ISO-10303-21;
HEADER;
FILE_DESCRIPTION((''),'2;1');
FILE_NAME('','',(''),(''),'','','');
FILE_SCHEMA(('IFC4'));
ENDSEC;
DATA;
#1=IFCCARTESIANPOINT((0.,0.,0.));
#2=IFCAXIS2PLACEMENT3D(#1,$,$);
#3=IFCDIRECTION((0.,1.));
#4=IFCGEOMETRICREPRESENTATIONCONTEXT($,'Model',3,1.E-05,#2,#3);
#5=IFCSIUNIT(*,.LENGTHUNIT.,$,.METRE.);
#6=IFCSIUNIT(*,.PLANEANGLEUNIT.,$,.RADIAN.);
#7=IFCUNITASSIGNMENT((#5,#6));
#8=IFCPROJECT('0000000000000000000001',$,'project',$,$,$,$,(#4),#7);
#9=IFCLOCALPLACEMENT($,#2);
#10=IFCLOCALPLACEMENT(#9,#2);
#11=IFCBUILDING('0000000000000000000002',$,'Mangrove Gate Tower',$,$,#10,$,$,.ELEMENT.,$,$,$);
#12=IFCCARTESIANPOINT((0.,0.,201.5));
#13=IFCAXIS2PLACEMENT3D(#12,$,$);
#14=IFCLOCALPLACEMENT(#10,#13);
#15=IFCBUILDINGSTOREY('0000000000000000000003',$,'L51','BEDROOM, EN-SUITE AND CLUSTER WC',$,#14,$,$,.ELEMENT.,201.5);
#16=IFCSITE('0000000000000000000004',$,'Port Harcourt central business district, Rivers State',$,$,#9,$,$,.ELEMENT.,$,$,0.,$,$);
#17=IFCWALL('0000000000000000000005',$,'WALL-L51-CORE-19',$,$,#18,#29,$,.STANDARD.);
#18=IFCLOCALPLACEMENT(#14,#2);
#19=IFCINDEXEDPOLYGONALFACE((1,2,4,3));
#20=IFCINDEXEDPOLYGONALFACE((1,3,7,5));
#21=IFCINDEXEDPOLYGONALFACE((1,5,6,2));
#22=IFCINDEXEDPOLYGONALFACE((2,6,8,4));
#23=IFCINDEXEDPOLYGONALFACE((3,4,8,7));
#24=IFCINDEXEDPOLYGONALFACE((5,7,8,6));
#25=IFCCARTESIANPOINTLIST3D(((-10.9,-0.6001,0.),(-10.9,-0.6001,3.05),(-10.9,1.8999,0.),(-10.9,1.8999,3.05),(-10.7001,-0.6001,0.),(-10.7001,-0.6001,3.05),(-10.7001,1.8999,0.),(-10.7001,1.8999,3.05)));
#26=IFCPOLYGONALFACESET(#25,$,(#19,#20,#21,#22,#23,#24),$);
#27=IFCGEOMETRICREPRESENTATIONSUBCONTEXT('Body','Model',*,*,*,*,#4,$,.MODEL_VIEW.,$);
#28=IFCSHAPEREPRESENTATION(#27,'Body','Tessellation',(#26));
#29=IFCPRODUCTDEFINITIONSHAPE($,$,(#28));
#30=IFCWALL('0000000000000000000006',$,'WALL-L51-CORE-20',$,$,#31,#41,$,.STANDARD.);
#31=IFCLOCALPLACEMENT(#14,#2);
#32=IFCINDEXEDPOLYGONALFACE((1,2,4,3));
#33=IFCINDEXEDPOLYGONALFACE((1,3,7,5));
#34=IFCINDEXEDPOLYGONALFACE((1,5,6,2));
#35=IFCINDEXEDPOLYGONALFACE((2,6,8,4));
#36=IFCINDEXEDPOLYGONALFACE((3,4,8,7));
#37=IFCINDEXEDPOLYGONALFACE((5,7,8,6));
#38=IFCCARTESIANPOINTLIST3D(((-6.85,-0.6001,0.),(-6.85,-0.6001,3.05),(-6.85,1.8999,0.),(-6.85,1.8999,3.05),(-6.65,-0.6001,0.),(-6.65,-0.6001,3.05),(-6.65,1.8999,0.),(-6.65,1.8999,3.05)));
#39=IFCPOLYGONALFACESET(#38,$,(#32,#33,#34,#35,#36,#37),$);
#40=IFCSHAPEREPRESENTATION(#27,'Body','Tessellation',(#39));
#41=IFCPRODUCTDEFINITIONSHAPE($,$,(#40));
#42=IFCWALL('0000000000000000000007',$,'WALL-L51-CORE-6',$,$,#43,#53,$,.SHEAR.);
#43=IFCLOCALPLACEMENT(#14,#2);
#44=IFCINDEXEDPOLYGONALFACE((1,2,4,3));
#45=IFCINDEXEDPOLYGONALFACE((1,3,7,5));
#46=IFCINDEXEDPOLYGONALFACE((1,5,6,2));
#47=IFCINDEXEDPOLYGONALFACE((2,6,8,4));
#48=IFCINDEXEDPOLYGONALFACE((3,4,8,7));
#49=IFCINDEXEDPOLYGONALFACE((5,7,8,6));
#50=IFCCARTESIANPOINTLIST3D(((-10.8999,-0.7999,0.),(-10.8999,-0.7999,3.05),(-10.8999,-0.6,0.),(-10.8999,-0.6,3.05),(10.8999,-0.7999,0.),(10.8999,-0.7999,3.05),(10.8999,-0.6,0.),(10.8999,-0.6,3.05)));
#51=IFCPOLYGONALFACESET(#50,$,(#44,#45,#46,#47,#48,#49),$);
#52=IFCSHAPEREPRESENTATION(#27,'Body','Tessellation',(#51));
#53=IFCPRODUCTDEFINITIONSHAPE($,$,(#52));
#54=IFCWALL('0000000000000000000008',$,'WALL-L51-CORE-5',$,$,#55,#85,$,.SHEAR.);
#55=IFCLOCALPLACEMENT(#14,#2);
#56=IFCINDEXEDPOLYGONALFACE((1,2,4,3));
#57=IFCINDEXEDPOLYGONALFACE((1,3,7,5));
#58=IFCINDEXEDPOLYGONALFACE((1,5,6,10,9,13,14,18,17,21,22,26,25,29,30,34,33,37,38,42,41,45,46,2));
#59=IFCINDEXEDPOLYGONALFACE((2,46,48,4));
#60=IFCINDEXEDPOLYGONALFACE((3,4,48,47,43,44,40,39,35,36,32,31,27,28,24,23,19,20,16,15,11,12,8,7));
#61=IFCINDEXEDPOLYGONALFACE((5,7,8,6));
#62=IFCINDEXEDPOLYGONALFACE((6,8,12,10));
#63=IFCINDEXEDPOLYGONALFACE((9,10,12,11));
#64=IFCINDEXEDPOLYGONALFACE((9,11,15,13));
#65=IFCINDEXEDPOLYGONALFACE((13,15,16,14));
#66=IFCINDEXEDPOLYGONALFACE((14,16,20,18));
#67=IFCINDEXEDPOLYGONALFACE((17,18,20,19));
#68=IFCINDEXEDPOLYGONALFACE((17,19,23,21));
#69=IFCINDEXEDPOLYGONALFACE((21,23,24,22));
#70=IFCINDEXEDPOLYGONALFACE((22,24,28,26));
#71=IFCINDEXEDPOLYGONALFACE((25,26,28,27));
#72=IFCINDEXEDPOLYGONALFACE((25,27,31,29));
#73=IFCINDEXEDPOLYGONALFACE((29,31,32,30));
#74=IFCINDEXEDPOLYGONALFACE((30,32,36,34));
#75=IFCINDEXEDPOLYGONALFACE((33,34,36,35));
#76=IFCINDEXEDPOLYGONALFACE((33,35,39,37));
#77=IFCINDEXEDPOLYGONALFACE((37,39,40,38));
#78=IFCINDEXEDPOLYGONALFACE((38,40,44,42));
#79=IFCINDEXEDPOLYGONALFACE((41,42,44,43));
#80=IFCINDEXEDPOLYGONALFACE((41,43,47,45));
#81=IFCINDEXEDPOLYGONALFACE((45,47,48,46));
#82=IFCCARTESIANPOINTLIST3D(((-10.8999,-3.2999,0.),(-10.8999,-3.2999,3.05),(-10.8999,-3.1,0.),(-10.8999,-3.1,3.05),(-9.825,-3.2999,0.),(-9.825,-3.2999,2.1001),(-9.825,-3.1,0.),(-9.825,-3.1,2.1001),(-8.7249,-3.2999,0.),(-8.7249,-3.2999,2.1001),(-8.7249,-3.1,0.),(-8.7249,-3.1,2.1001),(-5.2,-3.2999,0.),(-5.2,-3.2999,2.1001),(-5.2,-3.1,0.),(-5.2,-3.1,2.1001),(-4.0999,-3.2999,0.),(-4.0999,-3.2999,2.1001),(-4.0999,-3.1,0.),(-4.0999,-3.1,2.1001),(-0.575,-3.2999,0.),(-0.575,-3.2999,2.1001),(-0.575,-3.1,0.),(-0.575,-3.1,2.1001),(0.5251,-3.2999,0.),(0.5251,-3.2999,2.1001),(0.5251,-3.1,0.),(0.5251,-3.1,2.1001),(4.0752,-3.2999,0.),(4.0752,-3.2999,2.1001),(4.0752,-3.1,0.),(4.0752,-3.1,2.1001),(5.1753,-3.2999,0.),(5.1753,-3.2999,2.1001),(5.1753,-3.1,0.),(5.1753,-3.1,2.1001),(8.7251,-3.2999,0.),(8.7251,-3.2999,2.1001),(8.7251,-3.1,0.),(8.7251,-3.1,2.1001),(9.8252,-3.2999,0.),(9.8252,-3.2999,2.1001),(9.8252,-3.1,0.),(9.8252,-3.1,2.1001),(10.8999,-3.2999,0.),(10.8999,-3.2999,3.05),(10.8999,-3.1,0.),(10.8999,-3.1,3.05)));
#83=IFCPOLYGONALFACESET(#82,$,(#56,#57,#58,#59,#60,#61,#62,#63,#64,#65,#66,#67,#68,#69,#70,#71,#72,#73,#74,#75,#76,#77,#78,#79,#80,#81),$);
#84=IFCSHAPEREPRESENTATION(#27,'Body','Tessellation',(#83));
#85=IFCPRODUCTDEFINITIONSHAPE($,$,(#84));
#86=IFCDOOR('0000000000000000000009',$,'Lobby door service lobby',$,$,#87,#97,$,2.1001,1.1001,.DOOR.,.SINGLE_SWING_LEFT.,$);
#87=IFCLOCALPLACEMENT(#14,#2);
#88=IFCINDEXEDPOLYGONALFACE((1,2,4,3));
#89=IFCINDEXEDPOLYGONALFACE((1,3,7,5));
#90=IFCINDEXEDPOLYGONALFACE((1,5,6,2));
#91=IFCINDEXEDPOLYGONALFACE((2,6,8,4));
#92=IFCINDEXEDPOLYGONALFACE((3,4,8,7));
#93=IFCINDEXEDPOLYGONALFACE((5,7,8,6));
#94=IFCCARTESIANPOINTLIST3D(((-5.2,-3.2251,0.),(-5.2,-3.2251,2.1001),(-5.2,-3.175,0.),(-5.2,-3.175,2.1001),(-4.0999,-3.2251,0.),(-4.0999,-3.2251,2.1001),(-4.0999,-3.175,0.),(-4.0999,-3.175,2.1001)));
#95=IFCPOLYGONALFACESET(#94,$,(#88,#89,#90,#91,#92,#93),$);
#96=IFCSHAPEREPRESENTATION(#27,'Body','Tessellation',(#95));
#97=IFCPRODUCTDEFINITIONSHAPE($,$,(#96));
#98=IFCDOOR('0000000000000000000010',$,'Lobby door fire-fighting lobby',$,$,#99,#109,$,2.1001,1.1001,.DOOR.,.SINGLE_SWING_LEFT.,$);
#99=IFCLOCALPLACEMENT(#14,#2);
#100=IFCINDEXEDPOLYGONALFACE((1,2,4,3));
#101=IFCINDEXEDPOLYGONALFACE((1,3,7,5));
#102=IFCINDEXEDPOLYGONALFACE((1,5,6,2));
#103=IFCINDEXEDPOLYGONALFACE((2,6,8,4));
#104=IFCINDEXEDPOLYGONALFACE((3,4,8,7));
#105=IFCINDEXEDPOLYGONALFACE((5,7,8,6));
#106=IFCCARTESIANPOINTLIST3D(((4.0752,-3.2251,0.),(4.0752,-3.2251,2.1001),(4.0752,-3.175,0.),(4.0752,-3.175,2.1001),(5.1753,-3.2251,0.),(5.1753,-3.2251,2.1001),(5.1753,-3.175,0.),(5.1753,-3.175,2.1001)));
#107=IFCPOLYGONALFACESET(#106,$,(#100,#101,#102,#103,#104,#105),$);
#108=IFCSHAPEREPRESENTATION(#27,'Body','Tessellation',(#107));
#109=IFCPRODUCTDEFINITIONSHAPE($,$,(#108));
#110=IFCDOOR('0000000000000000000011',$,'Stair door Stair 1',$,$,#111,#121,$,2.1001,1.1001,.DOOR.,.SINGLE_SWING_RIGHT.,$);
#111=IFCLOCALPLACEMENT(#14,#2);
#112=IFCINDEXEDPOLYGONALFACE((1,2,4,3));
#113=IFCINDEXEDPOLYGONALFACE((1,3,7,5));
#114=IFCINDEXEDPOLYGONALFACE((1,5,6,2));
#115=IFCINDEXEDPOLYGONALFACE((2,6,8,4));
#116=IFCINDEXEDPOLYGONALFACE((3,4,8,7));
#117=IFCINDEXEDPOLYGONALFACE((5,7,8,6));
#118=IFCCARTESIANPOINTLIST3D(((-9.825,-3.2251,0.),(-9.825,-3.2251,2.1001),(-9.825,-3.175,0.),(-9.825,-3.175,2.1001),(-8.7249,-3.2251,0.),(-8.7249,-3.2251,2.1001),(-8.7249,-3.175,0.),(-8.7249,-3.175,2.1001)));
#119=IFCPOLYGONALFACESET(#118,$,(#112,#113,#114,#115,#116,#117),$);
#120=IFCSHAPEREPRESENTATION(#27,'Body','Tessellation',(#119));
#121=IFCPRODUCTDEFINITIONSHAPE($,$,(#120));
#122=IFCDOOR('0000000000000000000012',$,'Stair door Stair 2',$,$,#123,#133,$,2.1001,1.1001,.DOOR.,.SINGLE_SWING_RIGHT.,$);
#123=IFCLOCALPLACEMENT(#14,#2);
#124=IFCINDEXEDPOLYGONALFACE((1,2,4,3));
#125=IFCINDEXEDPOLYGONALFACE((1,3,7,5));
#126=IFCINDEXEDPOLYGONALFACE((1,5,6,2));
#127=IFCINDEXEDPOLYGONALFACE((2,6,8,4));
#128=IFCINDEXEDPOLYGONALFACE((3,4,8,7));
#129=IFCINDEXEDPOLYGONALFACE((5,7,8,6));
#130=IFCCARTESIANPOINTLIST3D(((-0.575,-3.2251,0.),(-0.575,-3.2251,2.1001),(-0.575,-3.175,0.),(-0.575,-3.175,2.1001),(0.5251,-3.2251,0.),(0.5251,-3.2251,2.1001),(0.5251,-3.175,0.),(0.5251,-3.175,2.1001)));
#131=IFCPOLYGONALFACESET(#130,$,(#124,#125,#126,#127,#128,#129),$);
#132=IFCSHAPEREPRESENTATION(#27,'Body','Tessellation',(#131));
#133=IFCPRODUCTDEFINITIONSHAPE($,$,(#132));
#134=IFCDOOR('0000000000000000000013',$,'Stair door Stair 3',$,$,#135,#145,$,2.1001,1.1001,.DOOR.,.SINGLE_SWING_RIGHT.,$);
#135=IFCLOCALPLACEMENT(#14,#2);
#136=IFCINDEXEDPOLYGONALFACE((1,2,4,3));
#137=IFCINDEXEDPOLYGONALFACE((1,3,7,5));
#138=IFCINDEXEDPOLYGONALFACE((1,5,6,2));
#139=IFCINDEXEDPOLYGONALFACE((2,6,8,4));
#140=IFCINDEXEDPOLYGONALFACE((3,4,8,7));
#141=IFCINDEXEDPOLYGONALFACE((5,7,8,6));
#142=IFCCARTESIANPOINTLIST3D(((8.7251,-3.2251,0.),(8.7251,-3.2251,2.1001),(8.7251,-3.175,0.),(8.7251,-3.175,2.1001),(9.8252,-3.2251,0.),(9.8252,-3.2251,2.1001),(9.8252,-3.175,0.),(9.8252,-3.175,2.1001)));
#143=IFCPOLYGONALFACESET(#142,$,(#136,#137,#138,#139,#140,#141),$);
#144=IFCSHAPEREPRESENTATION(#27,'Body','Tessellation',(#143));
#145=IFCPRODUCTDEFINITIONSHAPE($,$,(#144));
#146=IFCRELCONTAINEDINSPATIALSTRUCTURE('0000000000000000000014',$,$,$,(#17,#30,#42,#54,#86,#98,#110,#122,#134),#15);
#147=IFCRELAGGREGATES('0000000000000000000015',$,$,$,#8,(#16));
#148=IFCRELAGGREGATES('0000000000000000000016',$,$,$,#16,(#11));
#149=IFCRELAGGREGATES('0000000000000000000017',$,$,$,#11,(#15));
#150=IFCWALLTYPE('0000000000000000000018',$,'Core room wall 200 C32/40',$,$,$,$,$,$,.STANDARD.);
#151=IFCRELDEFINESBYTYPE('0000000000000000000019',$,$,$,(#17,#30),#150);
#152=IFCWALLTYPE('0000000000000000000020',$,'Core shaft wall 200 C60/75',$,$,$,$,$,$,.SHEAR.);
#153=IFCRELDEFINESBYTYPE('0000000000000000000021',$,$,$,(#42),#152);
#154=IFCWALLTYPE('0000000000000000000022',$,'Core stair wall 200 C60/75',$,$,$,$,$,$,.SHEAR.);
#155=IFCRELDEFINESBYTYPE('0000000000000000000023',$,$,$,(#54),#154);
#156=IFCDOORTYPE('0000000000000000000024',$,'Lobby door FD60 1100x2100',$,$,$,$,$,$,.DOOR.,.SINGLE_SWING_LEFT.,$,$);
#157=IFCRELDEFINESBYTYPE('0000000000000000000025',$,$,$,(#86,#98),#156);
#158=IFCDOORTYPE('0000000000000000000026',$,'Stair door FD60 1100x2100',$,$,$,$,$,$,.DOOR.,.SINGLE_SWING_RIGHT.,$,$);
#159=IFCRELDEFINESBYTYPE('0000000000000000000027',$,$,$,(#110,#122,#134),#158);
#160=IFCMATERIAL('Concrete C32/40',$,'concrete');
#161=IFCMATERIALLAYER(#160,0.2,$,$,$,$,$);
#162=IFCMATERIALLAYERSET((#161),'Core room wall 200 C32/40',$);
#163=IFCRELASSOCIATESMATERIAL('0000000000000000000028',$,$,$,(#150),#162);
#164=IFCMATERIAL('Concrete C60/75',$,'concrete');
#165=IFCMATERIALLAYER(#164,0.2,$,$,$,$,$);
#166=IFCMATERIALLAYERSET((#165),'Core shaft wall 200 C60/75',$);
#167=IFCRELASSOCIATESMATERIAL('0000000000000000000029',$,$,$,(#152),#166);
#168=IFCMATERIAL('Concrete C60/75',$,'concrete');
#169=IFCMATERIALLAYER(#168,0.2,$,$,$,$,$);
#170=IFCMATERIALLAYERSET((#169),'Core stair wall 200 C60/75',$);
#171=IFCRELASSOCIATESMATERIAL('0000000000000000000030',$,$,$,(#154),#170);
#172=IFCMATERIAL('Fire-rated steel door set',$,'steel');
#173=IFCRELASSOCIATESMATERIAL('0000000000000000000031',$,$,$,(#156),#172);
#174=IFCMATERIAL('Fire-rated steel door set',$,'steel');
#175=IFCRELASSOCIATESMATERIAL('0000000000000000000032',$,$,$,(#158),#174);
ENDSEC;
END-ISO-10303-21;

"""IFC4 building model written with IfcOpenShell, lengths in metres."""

from ifc_helpers import new_model, si_unit, direction, frame, frame_2d, origin, place, context, subcontext, project, spatial, rectangle, extrude, material, layer, layer_set, type_object, element, fill, save


model = new_model("IFC4")

# Units and contexts
model_context = context("Model", 3, precision=1e-05, world=origin(), true_north=direction((0.0, 1.0)))
body_context = subcontext(model_context, "Body", "Model", "MODEL_VIEW")
ifc_project = project(units=[si_unit("LENGTHUNIT", "METRE"), si_unit("PLANEANGLEUNIT", "RADIAN")], contexts=[model_context])

# Site, building, storey
site_placement = place(None, origin())
site = spatial("IfcSite", under=ifc_project, at=site_placement, Name="Port Harcourt central business district, Rivers State", CompositionType="ELEMENT", RefElevation=0.0)
building_placement = place(site_placement, origin())
building = spatial("IfcBuilding", under=site, at=building_placement, Name="Mangrove Gate Tower", CompositionType="ELEMENT")
storey_placement = place(building_placement, frame((0.0, 0.0, 201.5)))
storey = spatial("IfcBuildingStorey", under=building, at=storey_placement, Name="L51", Description="BEDROOM, EN-SUITE AND CLUSTER WC", CompositionType="ELEMENT", Elevation=201.5)

# Walls
ifc_material_1 = material(Name="Concrete C32/40", Category="concrete")
ifc_layer_1 = layer(ifc_material_1, 0.2)
ifc_layer_set_1 = layer_set([ifc_layer_1], Name="Core room wall 200 C32/40")
wall_type_1 = type_object("IfcWallType", Name="Core room wall 200 C32/40", PredefinedType="STANDARD", material=ifc_layer_set_1)
for number, where, z_axis, x_axis, name in (
    (1, (-10.8, -0.6001, 0.0), (0.0, 0.0, 1.0), (0.0, 1.0, 0.0), "WALL-L51-CORE-19"),
    (2, (-6.75, -0.6001, 0.0), (0.0, 0.0, 1.0), (0.0, 1.0, 0.0), "WALL-L51-CORE-20"),
):
    element("IfcWall", number, at=place(storey_placement, frame(where, z_axis=z_axis, x_axis=x_axis)), inside=storey, type_object=wall_type_1, Name=name, PredefinedType="STANDARD", context=body_context, shape_type="SweptSolid", body=[
        extrude(rectangle(XDim=2.5, YDim=0.2, at=frame_2d((1.25, 0.0))), origin(), (0.0, 0.0, 1.0), 3.05),
    ])
ifc_material_2 = material(Name="Concrete C60/75", Category="concrete")
ifc_layer_2 = layer(ifc_material_2, 0.2)
ifc_layer_set_2 = layer_set([ifc_layer_2], Name="Core shaft wall 200 C60/75")
wall_type_2 = type_object("IfcWallType", Name="Core shaft wall 200 C60/75", PredefinedType="SHEAR", material=ifc_layer_set_2)
wall_1_placement = place(storey_placement, frame((-10.8999, -0.7, 0.0), z_axis=(0.0, 0.0, 1.0), x_axis=(1.0, 0.0, 0.0)))
element("IfcWall", 3, at=wall_1_placement, inside=storey, type_object=wall_type_2, Name="WALL-L51-CORE-6", PredefinedType="SHEAR", context=body_context, shape_type="SweptSolid", body=[
    extrude(rectangle(XDim=21.7998, YDim=0.2, at=frame_2d((10.8999, 0.0))), origin(), (0.0, 0.0, 1.0), 3.05),
])

# Wall, openings, doors
ifc_material_3 = material(Name="Concrete C60/75", Category="concrete")
ifc_layer_3 = layer(ifc_material_3, 0.2)
ifc_layer_set_3 = layer_set([ifc_layer_3], Name="Core stair wall 200 C60/75")
wall_type_3 = type_object("IfcWallType", Name="Core stair wall 200 C60/75", PredefinedType="SHEAR", material=ifc_layer_set_3)
wall_2_placement = place(storey_placement, frame((-10.8999, -3.2, 0.0), z_axis=(0.0, 0.0, 1.0), x_axis=(1.0, 0.0, 0.0)))
wall_2 = element("IfcWall", 4, at=wall_2_placement, inside=storey, type_object=wall_type_3, Name="WALL-L51-CORE-5", PredefinedType="SHEAR", context=body_context, shape_type="SweptSolid", body=[
    extrude(rectangle(XDim=21.7998, YDim=0.2, at=frame_2d((10.8999, 0.0))), origin(), (0.0, 0.0, 1.0), 3.05),
])
opening_1_placement = place(wall_2_placement, frame((1.075, 0.0, 0.0)))
opening_1 = element("IfcOpeningElement", 5, at=opening_1_placement, cuts=wall_2, PredefinedType="OPENING", context=body_context, shape_type="SweptSolid", body=[
    extrude(rectangle(XDim=1.1001, YDim=2.1001, at=frame_2d((0.55, 1.05))), frame((0.0, 0.1099, 0.0), z_axis=(0.0, -1.0, 0.0), x_axis=(1.0, 0.0, 0.0)), (0.0, 0.0, 1.0), 0.22),
])
opening_2_placement = place(wall_2_placement, frame((10.325, 0.0, 0.0)))
opening_2 = element("IfcOpeningElement", 6, at=opening_2_placement, cuts=wall_2, PredefinedType="OPENING", context=body_context, shape_type="SweptSolid", body=[
    extrude(rectangle(XDim=1.1001, YDim=2.1001, at=frame_2d((0.55, 1.05))), frame((0.0, 0.1099, 0.0), z_axis=(0.0, -1.0, 0.0), x_axis=(1.0, 0.0, 0.0)), (0.0, 0.0, 1.0), 0.22),
])
opening_3_placement = place(wall_2_placement, frame((19.625, 0.0, 0.0)))
opening_3 = element("IfcOpeningElement", 7, at=opening_3_placement, cuts=wall_2, PredefinedType="OPENING", context=body_context, shape_type="SweptSolid", body=[
    extrude(rectangle(XDim=1.1001, YDim=2.1001, at=frame_2d((0.55, 1.05))), frame((0.0, 0.1099, 0.0), z_axis=(0.0, -1.0, 0.0), x_axis=(1.0, 0.0, 0.0)), (0.0, 0.0, 1.0), 0.22),
])
opening_4_placement = place(wall_2_placement, frame((5.7, 0.0, 0.0)))
opening_4 = element("IfcOpeningElement", 8, at=opening_4_placement, cuts=wall_2, PredefinedType="OPENING", context=body_context, shape_type="SweptSolid", body=[
    extrude(rectangle(XDim=1.1001, YDim=2.1001, at=frame_2d((0.55, 1.05))), frame((0.0, 0.1099, 0.0), z_axis=(0.0, -1.0, 0.0), x_axis=(1.0, 0.0, 0.0)), (0.0, 0.0, 1.0), 0.22),
])
opening_5_placement = place(wall_2_placement, frame((14.9751, 0.0, 0.0)))
opening_5 = element("IfcOpeningElement", 9, at=opening_5_placement, cuts=wall_2, PredefinedType="OPENING", context=body_context, shape_type="SweptSolid", body=[
    extrude(rectangle(XDim=1.1001, YDim=2.1001, at=frame_2d((0.55, 1.05))), frame((0.0, 0.1099, 0.0), z_axis=(0.0, -1.0, 0.0), x_axis=(1.0, 0.0, 0.0)), (0.0, 0.0, 1.0), 0.22),
])
ifc_material_4 = material(Name="Fire-rated steel door set", Category="steel")
door_type_1 = type_object("IfcDoorType", Name="Lobby door FD60 1100x2100", OperationType="SINGLE_SWING_LEFT", PredefinedType="DOOR", material=ifc_material_4)
door_1_placement = place(opening_4_placement, origin())
door_1 = element("IfcDoor", 10, at=door_1_placement, inside=storey, type_object=door_type_1, Name="Lobby door service lobby", OperationType="SINGLE_SWING_LEFT", OverallHeight=2.1001, OverallWidth=1.1001, PredefinedType="DOOR", context=body_context, shape_type="SweptSolid", body=[
    extrude(rectangle(XDim=1.1001, YDim=2.1001, at=frame_2d((0.55, 1.05))), frame((0.0, 0.0249, 0.0), z_axis=(0.0, -1.0, 0.0), x_axis=(1.0, 0.0, 0.0)), (0.0, 0.0, 1.0), 0.05),
])
fill(opening_4, door_1)
door_2_placement = place(opening_5_placement, origin())
door_2 = element("IfcDoor", 11, at=door_2_placement, inside=storey, type_object=door_type_1, Name="Lobby door fire-fighting lobby", OperationType="SINGLE_SWING_LEFT", OverallHeight=2.1001, OverallWidth=1.1001, PredefinedType="DOOR", context=body_context, shape_type="SweptSolid", body=[
    extrude(rectangle(XDim=1.1001, YDim=2.1001, at=frame_2d((0.55, 1.05))), frame((0.0, 0.0249, 0.0), z_axis=(0.0, -1.0, 0.0), x_axis=(1.0, 0.0, 0.0)), (0.0, 0.0, 1.0), 0.05),
])
fill(opening_5, door_2)
ifc_material_5 = material(Name="Fire-rated steel door set", Category="steel")
door_type_2 = type_object("IfcDoorType", Name="Stair door FD60 1100x2100", OperationType="SINGLE_SWING_RIGHT", PredefinedType="DOOR", material=ifc_material_5)
door_3_placement = place(opening_1_placement, origin())
door_3 = element("IfcDoor", 12, at=door_3_placement, inside=storey, type_object=door_type_2, Name="Stair door Stair 1", OperationType="SINGLE_SWING_RIGHT", OverallHeight=2.1001, OverallWidth=1.1001, PredefinedType="DOOR", context=body_context, shape_type="SweptSolid", body=[
    extrude(rectangle(XDim=1.1001, YDim=2.1001, at=frame_2d((0.55, 1.05))), frame((0.0, 0.0249, 0.0), z_axis=(0.0, -1.0, 0.0), x_axis=(1.0, 0.0, 0.0)), (0.0, 0.0, 1.0), 0.05),
])
fill(opening_1, door_3)
door_4_placement = place(opening_2_placement, origin())
door_4 = element("IfcDoor", 13, at=door_4_placement, inside=storey, type_object=door_type_2, Name="Stair door Stair 2", OperationType="SINGLE_SWING_RIGHT", OverallHeight=2.1001, OverallWidth=1.1001, PredefinedType="DOOR", context=body_context, shape_type="SweptSolid", body=[
    extrude(rectangle(XDim=1.1001, YDim=2.1001, at=frame_2d((0.55, 1.05))), frame((0.0, 0.0249, 0.0), z_axis=(0.0, -1.0, 0.0), x_axis=(1.0, 0.0, 0.0)), (0.0, 0.0, 1.0), 0.05),
])
fill(opening_2, door_4)
door_5_placement = place(opening_3_placement, origin())
door_5 = element("IfcDoor", 14, at=door_5_placement, inside=storey, type_object=door_type_2, Name="Stair door Stair 3", OperationType="SINGLE_SWING_RIGHT", OverallHeight=2.1001, OverallWidth=1.1001, PredefinedType="DOOR", context=body_context, shape_type="SweptSolid", body=[
    extrude(rectangle(XDim=1.1001, YDim=2.1001, at=frame_2d((0.55, 1.05))), frame((0.0, 0.0249, 0.0), z_axis=(0.0, -1.0, 0.0), x_axis=(1.0, 0.0, 0.0)), (0.0, 0.0, 1.0), 0.05),
])
fill(opening_3, door_5)

save(model, "model.ifc")
